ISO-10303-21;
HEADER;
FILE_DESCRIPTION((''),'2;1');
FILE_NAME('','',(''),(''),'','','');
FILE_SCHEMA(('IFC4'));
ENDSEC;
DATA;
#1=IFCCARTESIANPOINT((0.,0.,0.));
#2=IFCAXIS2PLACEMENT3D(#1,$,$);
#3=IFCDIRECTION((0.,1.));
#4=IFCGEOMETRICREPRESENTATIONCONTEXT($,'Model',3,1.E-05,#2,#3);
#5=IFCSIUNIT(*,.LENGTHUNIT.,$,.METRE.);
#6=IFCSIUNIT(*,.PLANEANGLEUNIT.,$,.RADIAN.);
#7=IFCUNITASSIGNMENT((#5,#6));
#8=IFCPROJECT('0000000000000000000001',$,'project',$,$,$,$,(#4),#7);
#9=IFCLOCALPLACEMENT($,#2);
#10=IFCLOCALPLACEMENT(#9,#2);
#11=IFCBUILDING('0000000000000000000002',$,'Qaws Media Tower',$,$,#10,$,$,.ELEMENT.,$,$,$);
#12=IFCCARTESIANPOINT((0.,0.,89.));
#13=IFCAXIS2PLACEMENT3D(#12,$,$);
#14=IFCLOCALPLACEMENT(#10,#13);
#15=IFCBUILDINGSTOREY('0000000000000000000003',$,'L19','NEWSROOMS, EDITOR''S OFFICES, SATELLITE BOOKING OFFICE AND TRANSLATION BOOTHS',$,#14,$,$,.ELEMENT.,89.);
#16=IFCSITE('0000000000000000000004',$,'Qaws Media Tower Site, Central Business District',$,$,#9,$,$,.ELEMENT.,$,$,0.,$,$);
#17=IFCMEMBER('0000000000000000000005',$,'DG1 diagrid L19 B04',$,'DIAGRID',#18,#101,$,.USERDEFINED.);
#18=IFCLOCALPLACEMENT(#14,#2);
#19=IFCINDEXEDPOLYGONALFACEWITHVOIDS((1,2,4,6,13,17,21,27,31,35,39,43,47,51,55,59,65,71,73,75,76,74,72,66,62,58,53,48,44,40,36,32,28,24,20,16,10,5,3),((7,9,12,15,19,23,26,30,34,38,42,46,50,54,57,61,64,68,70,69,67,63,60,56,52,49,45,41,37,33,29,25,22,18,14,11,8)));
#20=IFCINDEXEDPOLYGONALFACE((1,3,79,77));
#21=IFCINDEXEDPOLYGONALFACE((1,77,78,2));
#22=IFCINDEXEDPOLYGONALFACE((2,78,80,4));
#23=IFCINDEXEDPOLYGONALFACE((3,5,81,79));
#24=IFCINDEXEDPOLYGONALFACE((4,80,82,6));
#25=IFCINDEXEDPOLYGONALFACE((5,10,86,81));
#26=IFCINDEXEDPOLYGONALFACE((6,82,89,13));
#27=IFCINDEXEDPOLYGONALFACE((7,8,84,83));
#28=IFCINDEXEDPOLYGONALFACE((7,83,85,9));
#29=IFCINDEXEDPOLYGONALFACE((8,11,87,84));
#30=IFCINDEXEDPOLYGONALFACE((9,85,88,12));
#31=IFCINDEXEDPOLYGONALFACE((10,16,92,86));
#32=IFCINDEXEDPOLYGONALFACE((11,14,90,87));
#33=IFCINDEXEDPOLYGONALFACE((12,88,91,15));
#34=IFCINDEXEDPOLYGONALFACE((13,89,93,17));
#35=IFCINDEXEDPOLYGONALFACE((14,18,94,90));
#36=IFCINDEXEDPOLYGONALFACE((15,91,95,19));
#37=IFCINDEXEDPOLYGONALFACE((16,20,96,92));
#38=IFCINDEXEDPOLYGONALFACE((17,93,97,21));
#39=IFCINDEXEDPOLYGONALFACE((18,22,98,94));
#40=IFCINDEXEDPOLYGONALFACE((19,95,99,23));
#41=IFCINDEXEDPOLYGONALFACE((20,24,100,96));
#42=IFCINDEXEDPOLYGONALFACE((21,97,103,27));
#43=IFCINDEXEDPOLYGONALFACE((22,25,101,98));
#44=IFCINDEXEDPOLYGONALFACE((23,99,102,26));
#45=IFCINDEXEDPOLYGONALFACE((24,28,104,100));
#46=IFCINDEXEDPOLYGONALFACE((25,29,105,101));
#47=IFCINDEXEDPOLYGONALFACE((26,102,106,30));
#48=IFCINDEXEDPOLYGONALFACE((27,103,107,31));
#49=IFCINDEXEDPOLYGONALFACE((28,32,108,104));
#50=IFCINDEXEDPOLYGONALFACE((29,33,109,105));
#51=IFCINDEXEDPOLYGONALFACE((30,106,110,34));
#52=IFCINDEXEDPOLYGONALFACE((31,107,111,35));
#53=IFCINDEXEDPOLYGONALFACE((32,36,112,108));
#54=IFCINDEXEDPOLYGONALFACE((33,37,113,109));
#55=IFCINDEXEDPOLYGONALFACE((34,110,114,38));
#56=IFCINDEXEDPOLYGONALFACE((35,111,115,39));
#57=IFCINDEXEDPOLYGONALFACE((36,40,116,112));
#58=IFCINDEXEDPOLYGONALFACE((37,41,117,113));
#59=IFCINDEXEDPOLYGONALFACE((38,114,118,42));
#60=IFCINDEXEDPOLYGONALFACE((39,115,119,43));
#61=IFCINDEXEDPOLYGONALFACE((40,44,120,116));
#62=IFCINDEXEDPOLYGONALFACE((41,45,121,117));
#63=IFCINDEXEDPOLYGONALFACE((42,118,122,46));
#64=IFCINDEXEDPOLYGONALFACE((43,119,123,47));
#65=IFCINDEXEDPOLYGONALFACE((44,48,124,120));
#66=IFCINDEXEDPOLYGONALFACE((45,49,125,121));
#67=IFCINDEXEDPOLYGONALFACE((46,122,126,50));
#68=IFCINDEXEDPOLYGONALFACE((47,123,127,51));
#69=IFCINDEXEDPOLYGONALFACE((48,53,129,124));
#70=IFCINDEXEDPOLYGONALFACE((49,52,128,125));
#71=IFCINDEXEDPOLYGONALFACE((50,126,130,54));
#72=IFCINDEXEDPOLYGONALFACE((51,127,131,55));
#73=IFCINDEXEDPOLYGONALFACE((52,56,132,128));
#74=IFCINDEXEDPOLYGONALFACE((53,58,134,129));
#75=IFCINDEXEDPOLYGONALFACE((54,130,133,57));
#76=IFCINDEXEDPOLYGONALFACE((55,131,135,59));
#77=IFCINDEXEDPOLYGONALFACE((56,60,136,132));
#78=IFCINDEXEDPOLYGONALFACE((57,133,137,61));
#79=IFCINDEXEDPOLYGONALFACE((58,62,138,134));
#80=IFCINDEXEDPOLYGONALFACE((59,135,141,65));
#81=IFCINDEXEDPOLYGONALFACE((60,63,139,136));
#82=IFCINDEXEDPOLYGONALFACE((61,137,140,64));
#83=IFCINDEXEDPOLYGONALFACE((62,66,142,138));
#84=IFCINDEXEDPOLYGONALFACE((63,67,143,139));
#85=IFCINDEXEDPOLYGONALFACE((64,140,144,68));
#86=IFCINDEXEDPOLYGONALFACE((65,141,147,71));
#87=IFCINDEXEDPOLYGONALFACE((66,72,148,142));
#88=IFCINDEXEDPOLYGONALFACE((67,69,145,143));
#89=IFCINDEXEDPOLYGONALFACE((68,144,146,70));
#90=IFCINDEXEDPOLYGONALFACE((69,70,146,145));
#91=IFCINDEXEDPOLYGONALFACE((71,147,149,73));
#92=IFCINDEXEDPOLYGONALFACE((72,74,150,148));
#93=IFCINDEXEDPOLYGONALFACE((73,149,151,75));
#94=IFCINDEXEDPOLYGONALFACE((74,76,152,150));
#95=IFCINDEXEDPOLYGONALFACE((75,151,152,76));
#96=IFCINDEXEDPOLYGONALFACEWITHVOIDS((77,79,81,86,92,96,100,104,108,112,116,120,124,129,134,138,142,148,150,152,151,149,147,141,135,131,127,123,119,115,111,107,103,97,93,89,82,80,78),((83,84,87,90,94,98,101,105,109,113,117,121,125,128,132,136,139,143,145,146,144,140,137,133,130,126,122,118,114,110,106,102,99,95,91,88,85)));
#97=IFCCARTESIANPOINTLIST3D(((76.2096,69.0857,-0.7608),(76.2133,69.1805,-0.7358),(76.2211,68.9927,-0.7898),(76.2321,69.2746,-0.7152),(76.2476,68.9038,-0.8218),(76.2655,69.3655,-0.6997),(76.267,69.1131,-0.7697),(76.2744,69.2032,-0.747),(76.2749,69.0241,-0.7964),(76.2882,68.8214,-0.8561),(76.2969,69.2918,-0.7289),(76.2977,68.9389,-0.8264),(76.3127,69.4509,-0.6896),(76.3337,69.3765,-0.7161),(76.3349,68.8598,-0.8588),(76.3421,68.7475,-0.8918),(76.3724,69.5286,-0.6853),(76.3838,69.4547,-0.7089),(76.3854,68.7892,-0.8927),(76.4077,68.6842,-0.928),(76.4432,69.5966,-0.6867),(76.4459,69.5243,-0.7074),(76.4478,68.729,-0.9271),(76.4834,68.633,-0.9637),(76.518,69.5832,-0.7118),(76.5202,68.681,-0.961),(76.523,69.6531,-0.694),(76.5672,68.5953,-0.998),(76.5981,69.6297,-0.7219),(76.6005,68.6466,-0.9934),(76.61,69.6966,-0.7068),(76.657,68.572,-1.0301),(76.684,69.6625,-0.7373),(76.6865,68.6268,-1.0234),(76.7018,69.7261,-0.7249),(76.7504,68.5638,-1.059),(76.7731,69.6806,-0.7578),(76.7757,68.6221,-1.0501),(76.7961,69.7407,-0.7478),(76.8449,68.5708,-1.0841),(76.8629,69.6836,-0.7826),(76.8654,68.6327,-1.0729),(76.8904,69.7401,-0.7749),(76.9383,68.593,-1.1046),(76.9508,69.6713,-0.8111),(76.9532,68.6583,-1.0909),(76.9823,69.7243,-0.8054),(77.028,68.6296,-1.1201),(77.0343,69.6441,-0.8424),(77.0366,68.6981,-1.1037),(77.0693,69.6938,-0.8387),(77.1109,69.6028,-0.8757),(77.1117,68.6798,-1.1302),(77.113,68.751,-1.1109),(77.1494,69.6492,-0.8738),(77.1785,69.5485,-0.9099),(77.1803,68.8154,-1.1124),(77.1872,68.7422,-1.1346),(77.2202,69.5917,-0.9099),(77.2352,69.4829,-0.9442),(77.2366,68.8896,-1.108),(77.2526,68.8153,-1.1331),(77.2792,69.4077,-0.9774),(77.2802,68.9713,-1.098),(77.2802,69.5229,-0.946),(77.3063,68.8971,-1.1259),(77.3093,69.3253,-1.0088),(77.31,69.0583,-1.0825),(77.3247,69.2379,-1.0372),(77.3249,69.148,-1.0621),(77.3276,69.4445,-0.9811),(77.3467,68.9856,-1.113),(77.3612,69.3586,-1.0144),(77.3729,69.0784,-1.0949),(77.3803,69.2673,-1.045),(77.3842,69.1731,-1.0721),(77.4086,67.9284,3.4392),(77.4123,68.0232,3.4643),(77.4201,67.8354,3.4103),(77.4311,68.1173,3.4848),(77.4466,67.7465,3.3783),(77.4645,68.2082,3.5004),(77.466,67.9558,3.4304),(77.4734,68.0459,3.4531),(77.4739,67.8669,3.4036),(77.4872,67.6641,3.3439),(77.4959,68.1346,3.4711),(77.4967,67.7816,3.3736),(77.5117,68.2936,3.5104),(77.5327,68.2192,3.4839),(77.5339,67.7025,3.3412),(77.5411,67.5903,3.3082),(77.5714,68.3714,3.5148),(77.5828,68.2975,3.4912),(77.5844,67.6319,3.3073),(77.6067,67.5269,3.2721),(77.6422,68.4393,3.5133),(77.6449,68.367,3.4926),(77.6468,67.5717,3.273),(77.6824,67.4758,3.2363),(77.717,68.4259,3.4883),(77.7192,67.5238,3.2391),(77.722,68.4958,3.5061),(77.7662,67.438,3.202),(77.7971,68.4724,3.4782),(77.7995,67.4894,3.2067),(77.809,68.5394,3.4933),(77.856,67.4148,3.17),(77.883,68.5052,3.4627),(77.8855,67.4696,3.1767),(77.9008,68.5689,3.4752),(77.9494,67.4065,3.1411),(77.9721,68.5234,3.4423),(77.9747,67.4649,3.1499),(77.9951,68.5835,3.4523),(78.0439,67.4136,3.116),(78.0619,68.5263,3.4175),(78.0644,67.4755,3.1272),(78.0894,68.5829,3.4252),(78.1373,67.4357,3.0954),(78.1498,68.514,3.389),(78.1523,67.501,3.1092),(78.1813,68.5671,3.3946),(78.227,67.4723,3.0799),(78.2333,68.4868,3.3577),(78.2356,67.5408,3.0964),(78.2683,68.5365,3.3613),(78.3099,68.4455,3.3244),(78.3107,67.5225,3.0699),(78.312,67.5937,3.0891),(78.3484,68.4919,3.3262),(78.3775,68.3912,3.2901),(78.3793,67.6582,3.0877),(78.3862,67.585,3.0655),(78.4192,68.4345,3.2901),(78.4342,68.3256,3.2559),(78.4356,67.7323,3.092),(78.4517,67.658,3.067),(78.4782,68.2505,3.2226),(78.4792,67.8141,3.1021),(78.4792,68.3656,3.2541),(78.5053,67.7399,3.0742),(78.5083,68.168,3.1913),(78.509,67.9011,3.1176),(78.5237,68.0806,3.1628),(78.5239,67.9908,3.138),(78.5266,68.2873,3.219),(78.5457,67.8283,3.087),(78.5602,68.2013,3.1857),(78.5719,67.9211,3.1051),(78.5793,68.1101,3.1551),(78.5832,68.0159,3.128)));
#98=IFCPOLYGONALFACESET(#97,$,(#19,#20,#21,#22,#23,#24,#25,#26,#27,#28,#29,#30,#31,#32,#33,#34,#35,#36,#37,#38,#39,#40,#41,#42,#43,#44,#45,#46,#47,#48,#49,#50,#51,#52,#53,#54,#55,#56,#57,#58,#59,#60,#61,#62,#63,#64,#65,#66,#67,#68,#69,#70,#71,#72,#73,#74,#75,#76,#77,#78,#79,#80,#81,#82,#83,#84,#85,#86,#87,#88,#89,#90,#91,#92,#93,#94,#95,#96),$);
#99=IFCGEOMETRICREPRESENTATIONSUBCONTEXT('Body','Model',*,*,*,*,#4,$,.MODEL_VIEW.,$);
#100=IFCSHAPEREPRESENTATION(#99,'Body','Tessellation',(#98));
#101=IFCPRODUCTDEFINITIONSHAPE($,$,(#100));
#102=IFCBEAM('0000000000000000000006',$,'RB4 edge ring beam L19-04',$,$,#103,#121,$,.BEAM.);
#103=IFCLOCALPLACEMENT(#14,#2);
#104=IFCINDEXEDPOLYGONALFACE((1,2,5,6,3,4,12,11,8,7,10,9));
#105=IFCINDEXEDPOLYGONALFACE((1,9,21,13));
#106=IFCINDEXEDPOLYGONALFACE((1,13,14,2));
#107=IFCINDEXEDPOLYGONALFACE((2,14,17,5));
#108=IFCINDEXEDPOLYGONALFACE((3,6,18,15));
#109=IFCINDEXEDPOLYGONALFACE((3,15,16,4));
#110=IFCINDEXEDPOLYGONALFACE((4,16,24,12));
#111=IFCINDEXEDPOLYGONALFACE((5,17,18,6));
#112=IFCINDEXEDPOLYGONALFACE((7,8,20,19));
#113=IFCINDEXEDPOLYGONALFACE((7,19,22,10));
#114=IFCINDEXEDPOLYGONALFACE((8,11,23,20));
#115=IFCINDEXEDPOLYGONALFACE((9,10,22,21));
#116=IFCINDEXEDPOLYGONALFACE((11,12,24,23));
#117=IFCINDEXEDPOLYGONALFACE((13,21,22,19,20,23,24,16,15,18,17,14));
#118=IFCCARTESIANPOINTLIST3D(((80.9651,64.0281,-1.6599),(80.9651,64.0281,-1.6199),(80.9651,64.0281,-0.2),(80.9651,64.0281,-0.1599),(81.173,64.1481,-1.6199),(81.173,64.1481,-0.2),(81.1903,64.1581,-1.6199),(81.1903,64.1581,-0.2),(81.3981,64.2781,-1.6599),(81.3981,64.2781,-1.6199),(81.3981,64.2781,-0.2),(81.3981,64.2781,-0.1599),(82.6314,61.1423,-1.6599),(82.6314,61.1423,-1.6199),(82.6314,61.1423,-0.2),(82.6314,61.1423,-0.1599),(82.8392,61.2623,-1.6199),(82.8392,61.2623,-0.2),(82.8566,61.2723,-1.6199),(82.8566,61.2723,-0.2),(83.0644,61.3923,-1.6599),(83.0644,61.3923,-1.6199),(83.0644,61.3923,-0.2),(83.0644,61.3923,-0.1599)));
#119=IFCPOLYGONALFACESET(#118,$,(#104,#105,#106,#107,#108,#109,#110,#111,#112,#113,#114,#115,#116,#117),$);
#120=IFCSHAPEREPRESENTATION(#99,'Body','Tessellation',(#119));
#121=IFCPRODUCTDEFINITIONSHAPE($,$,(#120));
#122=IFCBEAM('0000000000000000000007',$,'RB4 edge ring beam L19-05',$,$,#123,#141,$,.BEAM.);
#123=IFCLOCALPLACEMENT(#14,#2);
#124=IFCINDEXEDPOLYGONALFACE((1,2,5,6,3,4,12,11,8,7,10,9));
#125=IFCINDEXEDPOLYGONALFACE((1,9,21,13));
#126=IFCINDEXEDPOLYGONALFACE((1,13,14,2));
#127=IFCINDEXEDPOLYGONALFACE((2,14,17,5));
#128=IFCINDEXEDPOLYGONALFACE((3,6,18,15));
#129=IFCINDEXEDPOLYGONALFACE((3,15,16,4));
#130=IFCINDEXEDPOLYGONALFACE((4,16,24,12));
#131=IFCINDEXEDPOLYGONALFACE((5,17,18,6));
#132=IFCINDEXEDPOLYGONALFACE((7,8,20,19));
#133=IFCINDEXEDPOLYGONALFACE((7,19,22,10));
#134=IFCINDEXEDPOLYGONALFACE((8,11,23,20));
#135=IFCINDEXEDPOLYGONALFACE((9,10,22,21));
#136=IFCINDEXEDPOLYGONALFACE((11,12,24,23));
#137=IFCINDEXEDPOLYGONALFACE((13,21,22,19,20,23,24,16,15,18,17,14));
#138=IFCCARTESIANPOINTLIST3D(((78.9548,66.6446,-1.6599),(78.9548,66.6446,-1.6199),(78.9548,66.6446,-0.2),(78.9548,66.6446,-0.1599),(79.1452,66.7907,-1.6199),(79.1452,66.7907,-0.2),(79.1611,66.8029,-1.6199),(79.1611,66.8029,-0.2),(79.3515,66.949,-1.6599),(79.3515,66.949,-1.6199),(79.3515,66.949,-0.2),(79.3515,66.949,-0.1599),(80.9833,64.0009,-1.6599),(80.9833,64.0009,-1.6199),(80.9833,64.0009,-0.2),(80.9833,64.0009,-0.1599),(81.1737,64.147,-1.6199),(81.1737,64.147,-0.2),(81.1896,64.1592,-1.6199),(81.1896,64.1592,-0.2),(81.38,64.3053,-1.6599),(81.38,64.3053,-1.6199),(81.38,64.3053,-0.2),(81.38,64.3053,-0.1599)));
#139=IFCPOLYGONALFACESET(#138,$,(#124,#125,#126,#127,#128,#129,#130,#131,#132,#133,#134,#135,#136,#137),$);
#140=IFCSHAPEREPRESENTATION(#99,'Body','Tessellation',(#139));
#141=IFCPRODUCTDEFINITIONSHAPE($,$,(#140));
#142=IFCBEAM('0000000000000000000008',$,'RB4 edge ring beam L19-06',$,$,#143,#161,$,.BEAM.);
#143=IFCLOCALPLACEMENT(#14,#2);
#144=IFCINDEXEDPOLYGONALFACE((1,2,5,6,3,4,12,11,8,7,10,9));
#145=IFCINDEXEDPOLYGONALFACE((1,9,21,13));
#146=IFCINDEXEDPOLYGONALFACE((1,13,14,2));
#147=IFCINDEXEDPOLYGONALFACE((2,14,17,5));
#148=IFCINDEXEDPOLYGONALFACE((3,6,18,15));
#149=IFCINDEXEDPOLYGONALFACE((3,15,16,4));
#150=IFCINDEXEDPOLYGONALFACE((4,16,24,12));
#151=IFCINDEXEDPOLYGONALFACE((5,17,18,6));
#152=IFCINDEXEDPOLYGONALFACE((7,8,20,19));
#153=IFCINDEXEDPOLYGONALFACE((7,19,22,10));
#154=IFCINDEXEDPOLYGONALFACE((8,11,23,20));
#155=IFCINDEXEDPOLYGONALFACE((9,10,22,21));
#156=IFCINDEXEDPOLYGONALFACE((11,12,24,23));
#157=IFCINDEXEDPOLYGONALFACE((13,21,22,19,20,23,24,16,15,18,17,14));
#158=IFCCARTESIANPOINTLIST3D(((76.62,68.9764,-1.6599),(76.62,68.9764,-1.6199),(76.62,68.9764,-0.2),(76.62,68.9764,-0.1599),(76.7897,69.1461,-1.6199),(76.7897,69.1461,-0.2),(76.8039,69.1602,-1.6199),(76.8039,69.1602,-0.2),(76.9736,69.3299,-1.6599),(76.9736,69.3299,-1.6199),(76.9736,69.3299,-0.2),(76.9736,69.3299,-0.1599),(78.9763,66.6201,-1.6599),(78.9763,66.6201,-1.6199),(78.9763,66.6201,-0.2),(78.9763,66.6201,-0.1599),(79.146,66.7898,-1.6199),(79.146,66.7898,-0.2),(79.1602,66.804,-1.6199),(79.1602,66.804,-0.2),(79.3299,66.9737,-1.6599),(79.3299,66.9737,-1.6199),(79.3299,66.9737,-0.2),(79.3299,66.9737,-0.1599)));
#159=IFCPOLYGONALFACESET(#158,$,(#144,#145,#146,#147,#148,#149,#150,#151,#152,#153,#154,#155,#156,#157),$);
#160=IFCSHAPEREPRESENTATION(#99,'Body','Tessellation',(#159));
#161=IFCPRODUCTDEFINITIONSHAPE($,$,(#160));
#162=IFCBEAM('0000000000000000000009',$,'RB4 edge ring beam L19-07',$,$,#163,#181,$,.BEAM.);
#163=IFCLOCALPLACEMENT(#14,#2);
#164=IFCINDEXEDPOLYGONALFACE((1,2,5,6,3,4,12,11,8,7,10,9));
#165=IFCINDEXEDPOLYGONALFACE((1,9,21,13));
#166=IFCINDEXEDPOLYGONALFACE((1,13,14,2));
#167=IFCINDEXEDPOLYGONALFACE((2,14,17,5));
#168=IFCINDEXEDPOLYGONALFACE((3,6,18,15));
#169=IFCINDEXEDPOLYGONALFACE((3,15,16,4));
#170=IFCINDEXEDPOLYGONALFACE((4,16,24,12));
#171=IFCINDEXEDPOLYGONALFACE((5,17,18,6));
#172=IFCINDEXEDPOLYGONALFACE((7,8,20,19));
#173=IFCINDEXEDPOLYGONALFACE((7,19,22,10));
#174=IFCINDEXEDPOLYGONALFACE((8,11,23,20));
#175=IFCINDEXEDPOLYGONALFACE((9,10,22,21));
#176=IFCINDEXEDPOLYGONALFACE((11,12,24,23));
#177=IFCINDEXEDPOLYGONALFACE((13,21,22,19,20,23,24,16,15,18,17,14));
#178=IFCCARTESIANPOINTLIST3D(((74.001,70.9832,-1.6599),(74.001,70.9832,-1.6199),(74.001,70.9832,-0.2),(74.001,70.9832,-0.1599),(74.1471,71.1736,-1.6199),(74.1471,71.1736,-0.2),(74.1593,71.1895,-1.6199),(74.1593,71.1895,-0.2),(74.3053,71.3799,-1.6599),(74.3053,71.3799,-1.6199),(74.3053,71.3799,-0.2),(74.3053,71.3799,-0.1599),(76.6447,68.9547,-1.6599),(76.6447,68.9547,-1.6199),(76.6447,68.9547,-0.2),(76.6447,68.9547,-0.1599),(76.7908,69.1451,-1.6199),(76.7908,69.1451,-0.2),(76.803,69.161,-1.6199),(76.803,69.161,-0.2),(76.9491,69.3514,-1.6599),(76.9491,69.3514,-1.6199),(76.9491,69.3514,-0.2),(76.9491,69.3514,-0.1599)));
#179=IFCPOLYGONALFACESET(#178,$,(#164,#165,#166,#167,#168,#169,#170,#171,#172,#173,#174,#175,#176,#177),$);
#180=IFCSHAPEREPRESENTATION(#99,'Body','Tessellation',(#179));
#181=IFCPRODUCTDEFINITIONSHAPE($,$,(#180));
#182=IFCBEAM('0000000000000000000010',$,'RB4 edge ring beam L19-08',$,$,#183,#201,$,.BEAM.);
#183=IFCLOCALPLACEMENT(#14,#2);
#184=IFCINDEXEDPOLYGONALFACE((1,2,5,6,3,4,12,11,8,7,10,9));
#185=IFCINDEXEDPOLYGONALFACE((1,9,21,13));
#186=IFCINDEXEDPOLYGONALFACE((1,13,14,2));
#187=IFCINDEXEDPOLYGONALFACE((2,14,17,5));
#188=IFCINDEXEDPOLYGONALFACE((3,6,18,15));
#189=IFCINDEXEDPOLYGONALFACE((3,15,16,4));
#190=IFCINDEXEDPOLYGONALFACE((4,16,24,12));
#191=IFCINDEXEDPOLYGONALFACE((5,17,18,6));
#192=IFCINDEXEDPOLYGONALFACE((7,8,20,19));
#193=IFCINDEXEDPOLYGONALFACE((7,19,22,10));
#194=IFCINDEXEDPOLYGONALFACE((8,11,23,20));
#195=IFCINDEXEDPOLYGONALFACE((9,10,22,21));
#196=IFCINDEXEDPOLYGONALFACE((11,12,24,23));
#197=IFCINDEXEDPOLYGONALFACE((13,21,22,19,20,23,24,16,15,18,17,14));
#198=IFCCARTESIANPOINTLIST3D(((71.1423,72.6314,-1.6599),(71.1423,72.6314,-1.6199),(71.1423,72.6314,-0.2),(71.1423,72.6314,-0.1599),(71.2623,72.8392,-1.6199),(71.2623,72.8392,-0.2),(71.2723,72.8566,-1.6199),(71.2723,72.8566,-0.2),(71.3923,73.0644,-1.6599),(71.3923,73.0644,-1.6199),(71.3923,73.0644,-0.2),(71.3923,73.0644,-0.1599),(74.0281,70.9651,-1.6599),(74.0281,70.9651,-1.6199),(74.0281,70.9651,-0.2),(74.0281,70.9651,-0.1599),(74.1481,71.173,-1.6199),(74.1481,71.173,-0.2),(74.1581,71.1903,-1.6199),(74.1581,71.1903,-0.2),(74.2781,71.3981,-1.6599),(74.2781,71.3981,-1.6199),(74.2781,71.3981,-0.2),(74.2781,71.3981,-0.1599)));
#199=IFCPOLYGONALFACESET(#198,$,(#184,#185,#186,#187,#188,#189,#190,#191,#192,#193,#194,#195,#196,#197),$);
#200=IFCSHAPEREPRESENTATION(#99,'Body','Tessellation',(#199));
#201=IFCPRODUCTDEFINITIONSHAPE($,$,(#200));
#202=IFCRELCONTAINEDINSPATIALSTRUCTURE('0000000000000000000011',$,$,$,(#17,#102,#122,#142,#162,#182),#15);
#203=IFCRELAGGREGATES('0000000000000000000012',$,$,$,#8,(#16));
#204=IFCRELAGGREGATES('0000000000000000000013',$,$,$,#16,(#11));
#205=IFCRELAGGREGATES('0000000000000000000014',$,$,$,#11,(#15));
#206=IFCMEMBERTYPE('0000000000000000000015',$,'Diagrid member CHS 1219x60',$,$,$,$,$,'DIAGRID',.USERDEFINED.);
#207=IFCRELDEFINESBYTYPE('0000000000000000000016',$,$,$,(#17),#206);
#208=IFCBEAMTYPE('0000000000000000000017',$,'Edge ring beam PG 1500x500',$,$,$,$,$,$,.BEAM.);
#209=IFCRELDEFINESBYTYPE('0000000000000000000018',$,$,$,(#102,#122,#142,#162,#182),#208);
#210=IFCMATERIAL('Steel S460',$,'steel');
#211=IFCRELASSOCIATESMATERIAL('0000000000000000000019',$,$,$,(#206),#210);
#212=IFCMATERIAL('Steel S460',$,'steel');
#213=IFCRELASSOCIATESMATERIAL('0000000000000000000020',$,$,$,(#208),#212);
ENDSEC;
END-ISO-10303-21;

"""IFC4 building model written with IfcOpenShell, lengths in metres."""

from ifc_helpers import new_model, si_unit, direction, frame, origin, origin_2d, place, context, subcontext, project, spatial, hollow_circle, i_section, extrude, material, material_profile, profile_set, type_object, element, save


model = new_model("IFC4")

# Units and contexts
model_context = context("Model", 3, precision=1e-05, world=origin(), true_north=direction((0.0, 1.0)))
body_context = subcontext(model_context, "Body", "Model", "MODEL_VIEW")
ifc_project = project(units=[si_unit("LENGTHUNIT", "METRE"), si_unit("PLANEANGLEUNIT", "RADIAN")], contexts=[model_context])

# Site, building, storey
site_placement = place(None, origin())
site = spatial("IfcSite", under=ifc_project, at=site_placement, Name="Qaws Media Tower Site, Central Business District", CompositionType="ELEMENT", RefElevation=0.0)
building_placement = place(site_placement, origin())
building = spatial("IfcBuilding", under=site, at=building_placement, Name="Qaws Media Tower", CompositionType="ELEMENT")
storey_placement = place(building_placement, frame((0.0, 0.0, 89.0)))
storey = spatial("IfcBuildingStorey", under=building, at=storey_placement, Name="L19", Description="NEWSROOMS, EDITOR'S OFFICES, SATELLITE BOOKING OFFICE AND TRANSLATION BOOTHS", CompositionType="ELEMENT", Elevation=89.0)

# Member
ifc_material_1 = material(Name="Steel S460", Category="steel")
ifc_material_profile_1 = material_profile(ifc_material_1, hollow_circle(Radius=0.6096, WallThickness=0.0601, at=origin_2d()), Name="CHS 1219x60")
ifc_profile_set_1 = profile_set([ifc_material_profile_1], Name="Steel S460")
member_type_1 = type_object("IfcMemberType", Name="Diagrid member CHS 1219x60", ElementType="DIAGRID", PredefinedType="USERDEFINED", material=ifc_profile_set_1)
member_1_placement = place(storey_placement, frame((76.7969, 69.1531, -0.9099), z_axis=(0.265351, -0.256112, 0.929513), x_axis=(0.694469, 0.719523, 0.0)))
element("IfcMember", 1, at=member_1_placement, inside=storey, type_object=member_type_1, Name="DG1 diagrid L19 B04", ObjectType="DIAGRID", PredefinedType="USERDEFINED", context=body_context, shape_type="SweptSolid", body=[
    extrude(hollow_circle(Radius=0.6096, WallThickness=0.0601, at=origin_2d()), origin(), (0.0, 0.0, 1.0), 4.5186),
])

# Beams
ifc_material_2 = material(Name="Steel S460", Category="steel")
ifc_material_profile_2 = material_profile(ifc_material_2, i_section(OverallWidth=0.5, OverallDepth=1.5, WebThickness=0.02, FlangeThickness=0.04, at=origin_2d()), Name="PG 1500x500")
ifc_profile_set_2 = profile_set([ifc_material_profile_2], Name="Steel S460")
beam_type = type_object("IfcBeamType", Name="Edge ring beam PG 1500x500", PredefinedType="BEAM", material=ifc_profile_set_2)
for number, where, z_axis, x_axis, name in (
    (2, (82.8479, 61.2673, -0.9099), (-0.50004, 0.866003, 0.0), (-0.866003, -0.50004, 0.0), "RB4 edge ring beam L19-04"),
    (3, (81.1816, 64.1531, -0.9099), (-0.608744, 0.793367, 0.0), (-0.793367, -0.608744, 0.0), "RB4 edge ring beam L19-05"),
    (4, (79.1531, 66.7969, -0.9099), (-0.707107, 0.707107, 0.0), (-0.707107, -0.707107, 0.0), "RB4 edge ring beam L19-06"),
    (5, (76.7969, 69.1531, -0.9099), (-0.793367, 0.608744, 0.0), (-0.608744, -0.793367, 0.0), "RB4 edge ring beam L19-07"),
    (6, (74.1531, 71.1816, -0.9099), (-0.866003, 0.50004, 0.0), (-0.50004, -0.866003, 0.0), "RB4 edge ring beam L19-08"),
):
    element("IfcBeam", number, at=place(storey_placement, frame(where, z_axis=z_axis, x_axis=x_axis)), inside=storey, type_object=beam_type, Name=name, PredefinedType="BEAM", context=body_context, shape_type="SweptSolid", body=[
        extrude(i_section(OverallWidth=0.5, OverallDepth=1.5, WebThickness=0.02, FlangeThickness=0.04, at=origin_2d()), origin(), (0.0, 0.0, 1.0), 3.3323),
    ])

save(model, "model.ifc")
